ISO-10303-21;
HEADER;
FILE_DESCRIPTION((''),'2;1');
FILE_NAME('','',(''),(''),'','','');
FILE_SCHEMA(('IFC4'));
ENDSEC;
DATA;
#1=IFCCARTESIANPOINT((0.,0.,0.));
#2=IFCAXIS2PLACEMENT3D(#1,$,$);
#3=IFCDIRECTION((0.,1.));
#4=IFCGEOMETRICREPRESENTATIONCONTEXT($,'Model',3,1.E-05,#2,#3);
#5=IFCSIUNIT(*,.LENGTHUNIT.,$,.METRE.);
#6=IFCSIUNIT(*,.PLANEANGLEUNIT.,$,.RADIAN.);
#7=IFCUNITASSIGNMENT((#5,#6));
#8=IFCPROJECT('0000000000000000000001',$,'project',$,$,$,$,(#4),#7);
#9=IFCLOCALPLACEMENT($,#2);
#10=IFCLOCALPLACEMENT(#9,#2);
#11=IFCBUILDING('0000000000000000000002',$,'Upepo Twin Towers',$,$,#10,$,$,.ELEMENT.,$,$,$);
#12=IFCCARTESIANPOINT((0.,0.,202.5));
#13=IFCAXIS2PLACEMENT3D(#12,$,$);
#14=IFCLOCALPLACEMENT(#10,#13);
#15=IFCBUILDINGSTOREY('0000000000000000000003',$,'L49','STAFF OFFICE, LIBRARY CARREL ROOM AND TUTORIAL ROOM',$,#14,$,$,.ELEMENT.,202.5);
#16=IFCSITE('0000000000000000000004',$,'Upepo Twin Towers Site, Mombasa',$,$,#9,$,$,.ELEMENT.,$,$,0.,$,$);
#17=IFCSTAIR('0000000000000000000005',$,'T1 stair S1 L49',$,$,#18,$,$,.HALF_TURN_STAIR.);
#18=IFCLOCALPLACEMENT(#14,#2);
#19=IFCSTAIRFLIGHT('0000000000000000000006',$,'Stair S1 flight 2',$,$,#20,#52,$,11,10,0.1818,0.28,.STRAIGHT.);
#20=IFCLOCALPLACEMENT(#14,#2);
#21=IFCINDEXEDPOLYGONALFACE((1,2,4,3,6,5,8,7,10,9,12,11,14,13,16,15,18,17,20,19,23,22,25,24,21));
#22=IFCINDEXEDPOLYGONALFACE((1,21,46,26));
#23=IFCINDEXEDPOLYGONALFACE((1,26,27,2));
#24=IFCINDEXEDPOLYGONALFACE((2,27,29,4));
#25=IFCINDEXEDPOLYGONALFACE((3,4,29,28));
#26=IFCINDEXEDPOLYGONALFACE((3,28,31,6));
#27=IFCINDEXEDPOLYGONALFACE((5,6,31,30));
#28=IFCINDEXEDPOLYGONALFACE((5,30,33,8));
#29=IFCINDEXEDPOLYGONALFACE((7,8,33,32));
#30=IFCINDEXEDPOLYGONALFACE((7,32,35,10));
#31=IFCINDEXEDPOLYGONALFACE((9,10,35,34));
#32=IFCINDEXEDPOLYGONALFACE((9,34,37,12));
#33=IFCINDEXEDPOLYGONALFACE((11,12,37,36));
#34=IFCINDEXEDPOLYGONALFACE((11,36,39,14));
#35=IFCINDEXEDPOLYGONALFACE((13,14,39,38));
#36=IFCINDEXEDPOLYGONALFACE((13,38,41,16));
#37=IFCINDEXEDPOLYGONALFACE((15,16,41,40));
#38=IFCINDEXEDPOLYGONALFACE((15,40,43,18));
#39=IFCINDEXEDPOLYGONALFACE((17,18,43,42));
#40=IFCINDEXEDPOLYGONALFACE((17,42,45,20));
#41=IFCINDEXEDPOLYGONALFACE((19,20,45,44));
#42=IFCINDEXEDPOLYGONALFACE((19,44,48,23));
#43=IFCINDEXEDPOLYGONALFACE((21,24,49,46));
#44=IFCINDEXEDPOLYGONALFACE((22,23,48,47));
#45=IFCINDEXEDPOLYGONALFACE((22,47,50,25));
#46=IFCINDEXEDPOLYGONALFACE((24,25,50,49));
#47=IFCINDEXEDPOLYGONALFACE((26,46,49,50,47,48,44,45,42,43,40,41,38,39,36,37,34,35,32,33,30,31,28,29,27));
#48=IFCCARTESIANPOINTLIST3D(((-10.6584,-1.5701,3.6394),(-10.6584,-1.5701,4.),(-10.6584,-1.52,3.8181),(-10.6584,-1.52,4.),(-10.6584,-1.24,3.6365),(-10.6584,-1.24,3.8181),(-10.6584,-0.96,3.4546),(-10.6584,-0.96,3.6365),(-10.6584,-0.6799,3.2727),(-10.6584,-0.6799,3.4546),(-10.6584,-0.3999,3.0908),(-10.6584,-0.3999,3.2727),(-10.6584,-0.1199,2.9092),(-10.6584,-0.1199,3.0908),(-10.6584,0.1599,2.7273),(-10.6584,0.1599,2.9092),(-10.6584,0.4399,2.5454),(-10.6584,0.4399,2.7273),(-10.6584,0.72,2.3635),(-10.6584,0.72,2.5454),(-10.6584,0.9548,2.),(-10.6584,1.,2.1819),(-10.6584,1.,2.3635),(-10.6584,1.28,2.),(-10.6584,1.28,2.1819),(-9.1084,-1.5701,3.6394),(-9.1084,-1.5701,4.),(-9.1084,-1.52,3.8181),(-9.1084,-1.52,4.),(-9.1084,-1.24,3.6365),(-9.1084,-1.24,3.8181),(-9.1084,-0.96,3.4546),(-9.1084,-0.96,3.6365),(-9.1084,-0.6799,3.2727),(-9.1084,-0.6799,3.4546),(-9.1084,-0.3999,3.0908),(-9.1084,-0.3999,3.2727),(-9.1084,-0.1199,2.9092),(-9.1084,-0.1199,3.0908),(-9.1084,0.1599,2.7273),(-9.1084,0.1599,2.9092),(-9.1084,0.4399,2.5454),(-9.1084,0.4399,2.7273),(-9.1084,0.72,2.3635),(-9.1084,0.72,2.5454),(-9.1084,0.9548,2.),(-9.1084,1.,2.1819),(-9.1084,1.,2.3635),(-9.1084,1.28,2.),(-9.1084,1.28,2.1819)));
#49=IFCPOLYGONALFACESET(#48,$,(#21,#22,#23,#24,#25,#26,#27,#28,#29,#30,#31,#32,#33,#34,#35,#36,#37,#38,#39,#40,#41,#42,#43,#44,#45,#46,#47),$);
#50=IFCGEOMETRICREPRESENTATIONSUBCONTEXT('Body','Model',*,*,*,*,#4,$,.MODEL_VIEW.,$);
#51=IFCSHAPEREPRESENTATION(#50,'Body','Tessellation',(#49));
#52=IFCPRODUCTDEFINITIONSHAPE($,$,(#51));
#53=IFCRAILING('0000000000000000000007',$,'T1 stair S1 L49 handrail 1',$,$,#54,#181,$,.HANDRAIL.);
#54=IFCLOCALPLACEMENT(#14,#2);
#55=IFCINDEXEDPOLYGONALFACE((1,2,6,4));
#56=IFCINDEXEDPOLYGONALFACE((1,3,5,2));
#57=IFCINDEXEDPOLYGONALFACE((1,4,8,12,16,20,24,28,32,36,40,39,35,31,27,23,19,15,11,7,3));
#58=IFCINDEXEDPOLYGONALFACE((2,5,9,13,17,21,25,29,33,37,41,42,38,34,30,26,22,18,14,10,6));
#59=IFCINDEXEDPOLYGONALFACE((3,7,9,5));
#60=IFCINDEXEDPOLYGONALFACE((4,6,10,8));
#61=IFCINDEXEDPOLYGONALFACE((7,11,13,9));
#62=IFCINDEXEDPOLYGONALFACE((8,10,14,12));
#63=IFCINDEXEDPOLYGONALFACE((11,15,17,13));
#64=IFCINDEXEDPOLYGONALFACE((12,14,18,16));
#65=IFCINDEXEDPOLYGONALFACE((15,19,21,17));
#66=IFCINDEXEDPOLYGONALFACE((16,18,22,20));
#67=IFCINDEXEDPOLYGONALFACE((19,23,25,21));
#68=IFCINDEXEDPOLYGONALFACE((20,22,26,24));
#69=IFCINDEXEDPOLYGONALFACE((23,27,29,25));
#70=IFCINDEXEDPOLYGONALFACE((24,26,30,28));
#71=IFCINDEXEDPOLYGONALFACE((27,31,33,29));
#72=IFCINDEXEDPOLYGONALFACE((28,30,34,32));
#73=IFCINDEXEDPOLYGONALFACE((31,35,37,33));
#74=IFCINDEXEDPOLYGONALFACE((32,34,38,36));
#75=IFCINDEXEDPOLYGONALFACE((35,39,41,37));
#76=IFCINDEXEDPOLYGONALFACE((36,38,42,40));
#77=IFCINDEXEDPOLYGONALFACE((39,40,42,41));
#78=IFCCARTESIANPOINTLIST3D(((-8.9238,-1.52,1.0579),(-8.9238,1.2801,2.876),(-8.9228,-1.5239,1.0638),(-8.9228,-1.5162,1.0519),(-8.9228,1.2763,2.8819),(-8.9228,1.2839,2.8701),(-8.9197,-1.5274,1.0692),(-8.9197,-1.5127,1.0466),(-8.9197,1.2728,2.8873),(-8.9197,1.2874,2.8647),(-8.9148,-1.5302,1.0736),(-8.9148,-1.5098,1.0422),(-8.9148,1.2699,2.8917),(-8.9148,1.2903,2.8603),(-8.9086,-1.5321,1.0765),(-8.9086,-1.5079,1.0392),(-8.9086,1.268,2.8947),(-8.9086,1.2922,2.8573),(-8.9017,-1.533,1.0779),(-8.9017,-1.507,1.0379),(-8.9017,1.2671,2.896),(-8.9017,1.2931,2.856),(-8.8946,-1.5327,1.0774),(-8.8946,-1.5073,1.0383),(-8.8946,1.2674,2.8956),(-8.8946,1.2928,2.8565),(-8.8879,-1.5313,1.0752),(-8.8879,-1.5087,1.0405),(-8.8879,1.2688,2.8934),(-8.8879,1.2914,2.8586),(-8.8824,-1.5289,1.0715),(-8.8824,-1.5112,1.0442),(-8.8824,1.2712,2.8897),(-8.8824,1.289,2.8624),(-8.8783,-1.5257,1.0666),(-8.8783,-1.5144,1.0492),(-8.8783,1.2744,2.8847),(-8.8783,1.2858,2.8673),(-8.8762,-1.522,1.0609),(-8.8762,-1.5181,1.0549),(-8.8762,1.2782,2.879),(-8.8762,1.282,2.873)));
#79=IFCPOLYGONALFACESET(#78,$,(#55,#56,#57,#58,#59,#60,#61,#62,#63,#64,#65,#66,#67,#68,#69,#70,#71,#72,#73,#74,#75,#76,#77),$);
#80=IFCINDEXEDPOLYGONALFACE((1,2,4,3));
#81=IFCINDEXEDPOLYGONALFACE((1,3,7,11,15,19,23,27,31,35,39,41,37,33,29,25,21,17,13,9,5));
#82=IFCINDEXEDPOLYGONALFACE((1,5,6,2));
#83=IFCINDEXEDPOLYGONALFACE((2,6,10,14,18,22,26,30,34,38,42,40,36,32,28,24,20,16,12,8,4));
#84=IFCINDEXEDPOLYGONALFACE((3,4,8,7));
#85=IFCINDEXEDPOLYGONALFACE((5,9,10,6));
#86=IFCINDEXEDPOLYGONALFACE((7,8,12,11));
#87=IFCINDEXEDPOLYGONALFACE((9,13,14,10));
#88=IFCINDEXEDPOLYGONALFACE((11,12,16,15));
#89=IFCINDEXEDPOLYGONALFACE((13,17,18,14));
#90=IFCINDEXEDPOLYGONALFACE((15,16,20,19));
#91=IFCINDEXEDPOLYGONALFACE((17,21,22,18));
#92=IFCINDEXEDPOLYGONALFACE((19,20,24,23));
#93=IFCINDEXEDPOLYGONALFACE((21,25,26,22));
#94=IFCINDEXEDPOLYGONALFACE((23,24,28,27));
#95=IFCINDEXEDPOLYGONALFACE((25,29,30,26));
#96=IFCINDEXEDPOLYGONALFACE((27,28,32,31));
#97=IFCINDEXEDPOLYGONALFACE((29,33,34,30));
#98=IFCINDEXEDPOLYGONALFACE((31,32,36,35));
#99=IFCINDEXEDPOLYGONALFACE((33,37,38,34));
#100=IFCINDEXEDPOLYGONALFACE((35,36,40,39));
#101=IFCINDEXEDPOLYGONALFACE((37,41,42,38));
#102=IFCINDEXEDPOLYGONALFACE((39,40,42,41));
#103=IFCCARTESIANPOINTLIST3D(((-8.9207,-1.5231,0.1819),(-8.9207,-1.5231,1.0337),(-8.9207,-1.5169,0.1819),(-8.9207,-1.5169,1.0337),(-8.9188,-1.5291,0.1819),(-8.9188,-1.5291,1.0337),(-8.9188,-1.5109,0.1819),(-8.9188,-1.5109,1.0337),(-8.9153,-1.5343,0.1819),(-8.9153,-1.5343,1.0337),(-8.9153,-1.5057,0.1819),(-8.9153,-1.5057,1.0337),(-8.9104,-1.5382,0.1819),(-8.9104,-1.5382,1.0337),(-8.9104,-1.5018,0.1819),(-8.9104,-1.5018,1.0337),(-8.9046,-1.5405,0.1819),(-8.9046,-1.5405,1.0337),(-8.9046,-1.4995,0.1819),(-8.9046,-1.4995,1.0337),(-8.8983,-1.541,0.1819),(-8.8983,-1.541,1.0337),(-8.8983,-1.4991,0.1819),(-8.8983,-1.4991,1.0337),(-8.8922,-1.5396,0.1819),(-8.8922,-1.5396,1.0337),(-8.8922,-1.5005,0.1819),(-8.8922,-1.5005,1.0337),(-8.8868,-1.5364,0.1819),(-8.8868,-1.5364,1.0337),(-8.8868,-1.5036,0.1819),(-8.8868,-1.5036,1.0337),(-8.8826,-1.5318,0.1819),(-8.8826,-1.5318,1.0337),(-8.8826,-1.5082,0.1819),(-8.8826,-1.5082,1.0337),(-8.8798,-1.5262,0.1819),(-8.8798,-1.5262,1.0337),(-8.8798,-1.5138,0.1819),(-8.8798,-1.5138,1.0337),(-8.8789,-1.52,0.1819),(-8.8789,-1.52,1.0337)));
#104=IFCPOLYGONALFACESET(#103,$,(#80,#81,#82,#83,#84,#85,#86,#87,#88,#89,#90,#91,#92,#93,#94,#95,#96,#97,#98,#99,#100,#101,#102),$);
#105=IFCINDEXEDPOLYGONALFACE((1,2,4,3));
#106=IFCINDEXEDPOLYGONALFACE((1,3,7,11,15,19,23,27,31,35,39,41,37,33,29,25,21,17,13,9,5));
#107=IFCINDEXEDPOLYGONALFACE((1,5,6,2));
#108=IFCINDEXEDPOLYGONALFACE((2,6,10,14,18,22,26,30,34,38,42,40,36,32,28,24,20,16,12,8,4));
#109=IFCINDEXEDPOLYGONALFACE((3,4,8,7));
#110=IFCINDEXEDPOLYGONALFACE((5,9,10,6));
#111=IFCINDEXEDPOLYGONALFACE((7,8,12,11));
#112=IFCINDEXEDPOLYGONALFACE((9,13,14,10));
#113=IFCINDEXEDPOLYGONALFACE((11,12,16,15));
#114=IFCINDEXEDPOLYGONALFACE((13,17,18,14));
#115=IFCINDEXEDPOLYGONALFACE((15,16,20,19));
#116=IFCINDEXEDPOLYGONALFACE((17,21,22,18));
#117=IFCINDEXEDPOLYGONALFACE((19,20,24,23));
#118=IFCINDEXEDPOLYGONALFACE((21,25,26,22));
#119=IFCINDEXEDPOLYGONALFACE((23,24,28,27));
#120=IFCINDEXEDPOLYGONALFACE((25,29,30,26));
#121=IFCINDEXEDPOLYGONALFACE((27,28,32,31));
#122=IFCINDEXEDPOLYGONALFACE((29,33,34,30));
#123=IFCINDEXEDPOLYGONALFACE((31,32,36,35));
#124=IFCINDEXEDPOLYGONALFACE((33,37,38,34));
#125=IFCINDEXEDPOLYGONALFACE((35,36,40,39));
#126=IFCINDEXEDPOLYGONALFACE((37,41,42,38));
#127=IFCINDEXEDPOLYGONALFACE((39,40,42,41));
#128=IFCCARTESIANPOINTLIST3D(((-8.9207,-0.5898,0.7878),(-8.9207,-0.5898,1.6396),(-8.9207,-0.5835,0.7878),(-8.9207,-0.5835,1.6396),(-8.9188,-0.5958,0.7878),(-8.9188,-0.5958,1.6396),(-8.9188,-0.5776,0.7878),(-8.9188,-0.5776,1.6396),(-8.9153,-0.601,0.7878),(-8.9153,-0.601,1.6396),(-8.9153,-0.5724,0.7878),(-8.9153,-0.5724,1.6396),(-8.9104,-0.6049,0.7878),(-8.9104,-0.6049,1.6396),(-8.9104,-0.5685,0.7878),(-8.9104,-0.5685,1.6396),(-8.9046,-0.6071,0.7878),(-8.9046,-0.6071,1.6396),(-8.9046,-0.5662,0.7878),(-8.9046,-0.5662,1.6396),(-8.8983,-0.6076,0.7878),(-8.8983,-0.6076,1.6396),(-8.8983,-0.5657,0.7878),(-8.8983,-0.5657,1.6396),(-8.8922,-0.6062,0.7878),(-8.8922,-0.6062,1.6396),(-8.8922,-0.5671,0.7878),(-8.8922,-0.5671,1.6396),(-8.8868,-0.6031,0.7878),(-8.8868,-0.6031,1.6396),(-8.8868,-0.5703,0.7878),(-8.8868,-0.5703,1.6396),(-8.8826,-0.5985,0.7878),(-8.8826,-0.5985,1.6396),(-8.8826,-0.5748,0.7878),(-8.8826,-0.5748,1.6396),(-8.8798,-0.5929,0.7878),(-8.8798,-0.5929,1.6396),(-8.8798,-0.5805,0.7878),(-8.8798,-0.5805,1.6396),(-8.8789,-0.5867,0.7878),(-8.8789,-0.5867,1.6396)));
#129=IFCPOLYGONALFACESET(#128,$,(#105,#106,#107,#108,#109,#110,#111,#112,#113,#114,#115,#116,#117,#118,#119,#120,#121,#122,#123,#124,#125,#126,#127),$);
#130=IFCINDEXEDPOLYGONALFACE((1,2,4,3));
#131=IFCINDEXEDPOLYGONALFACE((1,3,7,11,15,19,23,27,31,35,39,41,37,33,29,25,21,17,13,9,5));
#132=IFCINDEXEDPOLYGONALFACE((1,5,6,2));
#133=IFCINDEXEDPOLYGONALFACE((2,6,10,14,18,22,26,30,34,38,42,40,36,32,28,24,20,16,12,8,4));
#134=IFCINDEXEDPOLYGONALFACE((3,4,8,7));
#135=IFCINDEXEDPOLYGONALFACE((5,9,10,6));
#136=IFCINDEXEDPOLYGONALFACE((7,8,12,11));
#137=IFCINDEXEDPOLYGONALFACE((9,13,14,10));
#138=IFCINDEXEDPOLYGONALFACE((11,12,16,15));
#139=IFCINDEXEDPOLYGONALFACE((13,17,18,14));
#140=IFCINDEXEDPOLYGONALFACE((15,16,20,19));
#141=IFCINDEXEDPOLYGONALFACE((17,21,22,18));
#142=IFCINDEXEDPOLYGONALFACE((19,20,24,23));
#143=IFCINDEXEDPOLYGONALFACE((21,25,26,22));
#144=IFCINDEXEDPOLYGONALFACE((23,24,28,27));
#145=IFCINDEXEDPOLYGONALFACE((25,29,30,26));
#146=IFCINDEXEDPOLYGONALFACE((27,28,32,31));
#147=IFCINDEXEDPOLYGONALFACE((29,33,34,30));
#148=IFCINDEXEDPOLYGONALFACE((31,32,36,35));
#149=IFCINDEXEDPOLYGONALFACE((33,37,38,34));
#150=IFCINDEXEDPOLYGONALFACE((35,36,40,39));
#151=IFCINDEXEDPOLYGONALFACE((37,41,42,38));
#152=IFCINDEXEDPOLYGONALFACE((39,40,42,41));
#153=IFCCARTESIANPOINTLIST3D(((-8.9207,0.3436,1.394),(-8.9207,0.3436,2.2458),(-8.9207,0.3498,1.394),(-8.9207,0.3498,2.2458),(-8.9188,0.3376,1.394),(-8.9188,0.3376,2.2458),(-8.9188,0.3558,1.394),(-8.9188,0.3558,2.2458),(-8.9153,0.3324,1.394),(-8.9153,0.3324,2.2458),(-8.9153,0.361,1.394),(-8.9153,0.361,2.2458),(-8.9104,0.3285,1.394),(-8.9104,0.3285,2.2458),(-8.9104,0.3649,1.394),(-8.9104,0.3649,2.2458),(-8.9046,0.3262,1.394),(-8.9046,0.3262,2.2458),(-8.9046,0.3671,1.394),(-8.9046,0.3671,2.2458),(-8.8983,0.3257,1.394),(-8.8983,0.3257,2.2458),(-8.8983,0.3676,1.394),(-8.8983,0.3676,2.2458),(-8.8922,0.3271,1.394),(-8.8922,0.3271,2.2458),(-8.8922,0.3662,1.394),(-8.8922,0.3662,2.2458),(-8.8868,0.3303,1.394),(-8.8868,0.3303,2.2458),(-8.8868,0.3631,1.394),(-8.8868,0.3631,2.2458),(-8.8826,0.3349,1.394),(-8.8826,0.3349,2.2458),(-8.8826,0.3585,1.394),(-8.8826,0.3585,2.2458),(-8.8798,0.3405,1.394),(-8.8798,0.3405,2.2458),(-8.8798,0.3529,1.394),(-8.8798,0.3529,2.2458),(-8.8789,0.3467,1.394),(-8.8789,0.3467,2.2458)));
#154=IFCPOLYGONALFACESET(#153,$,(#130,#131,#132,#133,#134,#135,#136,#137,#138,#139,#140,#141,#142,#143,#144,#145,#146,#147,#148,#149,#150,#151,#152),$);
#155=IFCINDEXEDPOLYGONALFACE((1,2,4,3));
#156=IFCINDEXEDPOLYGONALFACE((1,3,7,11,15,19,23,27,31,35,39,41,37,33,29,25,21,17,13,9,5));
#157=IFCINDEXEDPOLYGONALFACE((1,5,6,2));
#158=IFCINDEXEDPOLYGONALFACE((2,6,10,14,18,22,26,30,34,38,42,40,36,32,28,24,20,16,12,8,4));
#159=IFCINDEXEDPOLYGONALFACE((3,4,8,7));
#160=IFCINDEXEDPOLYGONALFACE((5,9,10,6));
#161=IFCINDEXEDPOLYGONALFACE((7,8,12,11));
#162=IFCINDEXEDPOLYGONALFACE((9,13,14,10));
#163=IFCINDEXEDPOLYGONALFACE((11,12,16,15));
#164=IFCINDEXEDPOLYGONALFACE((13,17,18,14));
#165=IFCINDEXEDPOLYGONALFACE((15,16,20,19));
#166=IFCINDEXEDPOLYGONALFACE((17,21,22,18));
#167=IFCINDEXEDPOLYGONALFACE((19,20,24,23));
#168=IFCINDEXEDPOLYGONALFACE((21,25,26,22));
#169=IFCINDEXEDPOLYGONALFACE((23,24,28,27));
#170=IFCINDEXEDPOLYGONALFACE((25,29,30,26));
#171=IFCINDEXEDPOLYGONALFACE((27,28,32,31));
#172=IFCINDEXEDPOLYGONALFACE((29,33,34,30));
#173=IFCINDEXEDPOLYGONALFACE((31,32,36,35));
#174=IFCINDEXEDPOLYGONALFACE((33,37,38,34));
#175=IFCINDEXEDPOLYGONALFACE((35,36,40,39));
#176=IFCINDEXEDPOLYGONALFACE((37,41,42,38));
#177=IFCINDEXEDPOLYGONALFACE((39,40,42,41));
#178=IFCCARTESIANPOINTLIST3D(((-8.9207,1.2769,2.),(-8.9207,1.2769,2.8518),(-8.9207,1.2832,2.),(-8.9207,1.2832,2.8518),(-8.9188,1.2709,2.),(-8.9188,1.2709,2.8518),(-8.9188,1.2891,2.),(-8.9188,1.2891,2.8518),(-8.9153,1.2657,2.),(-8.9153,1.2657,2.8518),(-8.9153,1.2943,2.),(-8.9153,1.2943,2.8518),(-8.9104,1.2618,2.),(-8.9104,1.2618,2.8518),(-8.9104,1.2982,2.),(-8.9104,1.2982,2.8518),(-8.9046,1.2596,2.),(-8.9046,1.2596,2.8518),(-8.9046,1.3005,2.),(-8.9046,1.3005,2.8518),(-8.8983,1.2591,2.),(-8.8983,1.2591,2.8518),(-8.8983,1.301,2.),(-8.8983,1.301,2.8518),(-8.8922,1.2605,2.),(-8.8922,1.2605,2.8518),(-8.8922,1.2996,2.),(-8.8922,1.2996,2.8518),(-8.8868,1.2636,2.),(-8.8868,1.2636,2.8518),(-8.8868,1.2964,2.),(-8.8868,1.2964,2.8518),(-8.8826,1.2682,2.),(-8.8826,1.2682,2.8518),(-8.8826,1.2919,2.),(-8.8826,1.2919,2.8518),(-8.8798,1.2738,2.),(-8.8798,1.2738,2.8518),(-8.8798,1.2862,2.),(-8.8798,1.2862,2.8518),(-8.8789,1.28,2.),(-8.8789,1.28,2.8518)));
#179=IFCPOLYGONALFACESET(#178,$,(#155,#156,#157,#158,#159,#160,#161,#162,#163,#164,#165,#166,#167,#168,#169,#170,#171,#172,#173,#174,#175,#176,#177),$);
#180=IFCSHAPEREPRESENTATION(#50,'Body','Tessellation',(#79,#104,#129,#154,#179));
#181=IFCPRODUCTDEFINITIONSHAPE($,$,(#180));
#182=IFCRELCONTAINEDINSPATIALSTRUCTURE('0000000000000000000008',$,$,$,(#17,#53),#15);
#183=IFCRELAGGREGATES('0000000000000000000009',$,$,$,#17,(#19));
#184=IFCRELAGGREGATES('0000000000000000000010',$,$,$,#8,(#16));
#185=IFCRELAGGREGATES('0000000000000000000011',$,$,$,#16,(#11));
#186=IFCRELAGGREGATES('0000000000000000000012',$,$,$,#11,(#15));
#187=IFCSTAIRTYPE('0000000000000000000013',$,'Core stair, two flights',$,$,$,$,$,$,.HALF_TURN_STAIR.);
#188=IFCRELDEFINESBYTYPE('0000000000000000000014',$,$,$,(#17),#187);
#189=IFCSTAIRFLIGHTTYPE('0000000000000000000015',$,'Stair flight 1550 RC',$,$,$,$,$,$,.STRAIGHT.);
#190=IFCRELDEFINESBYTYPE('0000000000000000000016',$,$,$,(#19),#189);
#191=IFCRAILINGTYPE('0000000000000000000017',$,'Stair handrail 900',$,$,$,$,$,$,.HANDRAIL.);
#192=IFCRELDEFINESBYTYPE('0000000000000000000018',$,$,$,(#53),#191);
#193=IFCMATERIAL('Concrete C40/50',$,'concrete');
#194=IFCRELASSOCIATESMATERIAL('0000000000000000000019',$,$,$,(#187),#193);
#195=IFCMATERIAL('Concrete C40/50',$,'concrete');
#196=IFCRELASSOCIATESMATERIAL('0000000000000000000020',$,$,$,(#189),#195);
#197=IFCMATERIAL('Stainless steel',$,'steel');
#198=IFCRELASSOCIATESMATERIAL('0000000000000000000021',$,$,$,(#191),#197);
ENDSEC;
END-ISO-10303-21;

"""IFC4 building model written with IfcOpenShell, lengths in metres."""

from ifc_helpers import new_model, si_unit, direction, frame, origin, origin_2d, place, context, subcontext, project, spatial, polyline, circle, outline, extrude, material, type_object, element, aggregate, save


model = new_model("IFC4")

# Units and contexts
model_context = context("Model", 3, precision=1e-05, world=origin(), true_north=direction((0.0, 1.0)))
body_context = subcontext(model_context, "Body", "Model", "MODEL_VIEW")
ifc_project = project(units=[si_unit("LENGTHUNIT", "METRE"), si_unit("PLANEANGLEUNIT", "RADIAN")], contexts=[model_context])

# Site, building, storey
site_placement = place(None, origin())
site = spatial("IfcSite", under=ifc_project, at=site_placement, Name="Upepo Twin Towers Site, Mombasa", CompositionType="ELEMENT", RefElevation=0.0)
building_placement = place(site_placement, origin())
building = spatial("IfcBuilding", under=site, at=building_placement, Name="Upepo Twin Towers", CompositionType="ELEMENT")
storey_placement = place(building_placement, frame((0.0, 0.0, 202.5)))
storey = spatial("IfcBuildingStorey", under=building, at=storey_placement, Name="L49", Description="STAFF OFFICE, LIBRARY CARREL ROOM AND TUTORIAL ROOM", CompositionType="ELEMENT", Elevation=202.5)

# Stair
ifc_material_1 = material(Name="Concrete C40/50", Category="concrete")
stair_type = type_object("IfcStairType", Name="Core stair, two flights", PredefinedType="HALF_TURN_STAIR", material=ifc_material_1)
stair_placement = place(storey_placement, origin())
stair = element("IfcStair", 1, at=stair_placement, inside=storey, type_object=stair_type, Name="T1 stair S1 L49", PredefinedType="HALF_TURN_STAIR")

# Stair flight
ifc_material_2 = material(Name="Concrete C40/50", Category="concrete")
stair_flight_type = type_object("IfcStairFlightType", Name="Stair flight 1550 RC", PredefinedType="STRAIGHT", material=ifc_material_2)
stair_flight_1_placement = place(storey_placement, frame((-9.8833, 1.28, 2.0), z_axis=(0.0, 0.0, 1.0), x_axis=(0.0, -1.0, 0.0)))
stair_flight_1 = element("IfcStairFlight", 2, at=stair_flight_1_placement, type_object=stair_flight_type, Name="Stair S1 flight 2", NumberOfRisers=11, NumberOfTreads=10, PredefinedType="STRAIGHT", RiserHeight=0.1818, TreadLength=0.28, context=body_context, shape_type="SweptSolid", body=[
    extrude(outline(polyline([(0.0, 0.0), (0.0, 0.1819), (0.28, 0.1819), (0.28, 0.3635), (0.5601, 0.3635), (0.5601, 0.5454), (0.8401, 0.5454), (0.8401, 0.7273), (1.1201, 0.7273), (1.1201, 0.9092), (1.3999, 0.9092), (1.3999, 1.0908), (1.6799, 1.0908), (1.6799, 1.2727), (1.96, 1.2727), (1.96, 1.4546), (2.24, 1.4546), (2.24, 1.6365), (2.52, 1.6365), (2.52, 1.8181), (2.8, 1.8181), (2.8, 2.0), (2.8501, 2.0), (2.8501, 1.6394), (0.3252, 0.0), (0.0, 0.0)])), frame((0.0, 0.7749, 0.0), z_axis=(0.0, -1.0, 0.0), x_axis=(1.0, 0.0, 0.0)), (0.0, 0.0, 1.0), 1.55),
])
aggregate(stair, [stair_flight_1])

# Railing
ifc_material_3 = material(Name="Stainless steel", Category="steel")
railing_type = type_object("IfcRailingType", Name="Stair handrail 900", PredefinedType="HANDRAIL", material=ifc_material_3)
railing_1_placement = place(storey_placement, frame((-8.8999, -1.52, 0.1819)))
element("IfcRailing", 3, at=railing_1_placement, inside=storey, type_object=railing_type, Name="T1 stair S1 L49 handrail 1", PredefinedType="HANDRAIL", context=body_context, shape_type="SweptSolid", body=[
    extrude(circle(Radius=0.0239, at=origin_2d()), frame((0.0, 0.0, 0.876), z_axis=(0.0, 0.838706, 0.544585), x_axis=(-1.0, 0.0, 0.0)), (0.0, 0.0, 1.0), 3.3386),
    extrude(circle(Radius=0.021, at=origin_2d()), origin(), (0.0, 0.0, 1.0), 0.8518),
    extrude(circle(Radius=0.021, at=origin_2d()), frame((0.0, 0.9333, 0.606)), (0.0, 0.0, 1.0), 0.8518),
    extrude(circle(Radius=0.021, at=origin_2d()), frame((0.0, 1.8667, 1.2122)), (0.0, 0.0, 1.0), 0.8518),
    extrude(circle(Radius=0.021, at=origin_2d()), frame((0.0, 2.8, 1.8181)), (0.0, 0.0, 1.0), 0.8518),
])

save(model, "model.ifc")
